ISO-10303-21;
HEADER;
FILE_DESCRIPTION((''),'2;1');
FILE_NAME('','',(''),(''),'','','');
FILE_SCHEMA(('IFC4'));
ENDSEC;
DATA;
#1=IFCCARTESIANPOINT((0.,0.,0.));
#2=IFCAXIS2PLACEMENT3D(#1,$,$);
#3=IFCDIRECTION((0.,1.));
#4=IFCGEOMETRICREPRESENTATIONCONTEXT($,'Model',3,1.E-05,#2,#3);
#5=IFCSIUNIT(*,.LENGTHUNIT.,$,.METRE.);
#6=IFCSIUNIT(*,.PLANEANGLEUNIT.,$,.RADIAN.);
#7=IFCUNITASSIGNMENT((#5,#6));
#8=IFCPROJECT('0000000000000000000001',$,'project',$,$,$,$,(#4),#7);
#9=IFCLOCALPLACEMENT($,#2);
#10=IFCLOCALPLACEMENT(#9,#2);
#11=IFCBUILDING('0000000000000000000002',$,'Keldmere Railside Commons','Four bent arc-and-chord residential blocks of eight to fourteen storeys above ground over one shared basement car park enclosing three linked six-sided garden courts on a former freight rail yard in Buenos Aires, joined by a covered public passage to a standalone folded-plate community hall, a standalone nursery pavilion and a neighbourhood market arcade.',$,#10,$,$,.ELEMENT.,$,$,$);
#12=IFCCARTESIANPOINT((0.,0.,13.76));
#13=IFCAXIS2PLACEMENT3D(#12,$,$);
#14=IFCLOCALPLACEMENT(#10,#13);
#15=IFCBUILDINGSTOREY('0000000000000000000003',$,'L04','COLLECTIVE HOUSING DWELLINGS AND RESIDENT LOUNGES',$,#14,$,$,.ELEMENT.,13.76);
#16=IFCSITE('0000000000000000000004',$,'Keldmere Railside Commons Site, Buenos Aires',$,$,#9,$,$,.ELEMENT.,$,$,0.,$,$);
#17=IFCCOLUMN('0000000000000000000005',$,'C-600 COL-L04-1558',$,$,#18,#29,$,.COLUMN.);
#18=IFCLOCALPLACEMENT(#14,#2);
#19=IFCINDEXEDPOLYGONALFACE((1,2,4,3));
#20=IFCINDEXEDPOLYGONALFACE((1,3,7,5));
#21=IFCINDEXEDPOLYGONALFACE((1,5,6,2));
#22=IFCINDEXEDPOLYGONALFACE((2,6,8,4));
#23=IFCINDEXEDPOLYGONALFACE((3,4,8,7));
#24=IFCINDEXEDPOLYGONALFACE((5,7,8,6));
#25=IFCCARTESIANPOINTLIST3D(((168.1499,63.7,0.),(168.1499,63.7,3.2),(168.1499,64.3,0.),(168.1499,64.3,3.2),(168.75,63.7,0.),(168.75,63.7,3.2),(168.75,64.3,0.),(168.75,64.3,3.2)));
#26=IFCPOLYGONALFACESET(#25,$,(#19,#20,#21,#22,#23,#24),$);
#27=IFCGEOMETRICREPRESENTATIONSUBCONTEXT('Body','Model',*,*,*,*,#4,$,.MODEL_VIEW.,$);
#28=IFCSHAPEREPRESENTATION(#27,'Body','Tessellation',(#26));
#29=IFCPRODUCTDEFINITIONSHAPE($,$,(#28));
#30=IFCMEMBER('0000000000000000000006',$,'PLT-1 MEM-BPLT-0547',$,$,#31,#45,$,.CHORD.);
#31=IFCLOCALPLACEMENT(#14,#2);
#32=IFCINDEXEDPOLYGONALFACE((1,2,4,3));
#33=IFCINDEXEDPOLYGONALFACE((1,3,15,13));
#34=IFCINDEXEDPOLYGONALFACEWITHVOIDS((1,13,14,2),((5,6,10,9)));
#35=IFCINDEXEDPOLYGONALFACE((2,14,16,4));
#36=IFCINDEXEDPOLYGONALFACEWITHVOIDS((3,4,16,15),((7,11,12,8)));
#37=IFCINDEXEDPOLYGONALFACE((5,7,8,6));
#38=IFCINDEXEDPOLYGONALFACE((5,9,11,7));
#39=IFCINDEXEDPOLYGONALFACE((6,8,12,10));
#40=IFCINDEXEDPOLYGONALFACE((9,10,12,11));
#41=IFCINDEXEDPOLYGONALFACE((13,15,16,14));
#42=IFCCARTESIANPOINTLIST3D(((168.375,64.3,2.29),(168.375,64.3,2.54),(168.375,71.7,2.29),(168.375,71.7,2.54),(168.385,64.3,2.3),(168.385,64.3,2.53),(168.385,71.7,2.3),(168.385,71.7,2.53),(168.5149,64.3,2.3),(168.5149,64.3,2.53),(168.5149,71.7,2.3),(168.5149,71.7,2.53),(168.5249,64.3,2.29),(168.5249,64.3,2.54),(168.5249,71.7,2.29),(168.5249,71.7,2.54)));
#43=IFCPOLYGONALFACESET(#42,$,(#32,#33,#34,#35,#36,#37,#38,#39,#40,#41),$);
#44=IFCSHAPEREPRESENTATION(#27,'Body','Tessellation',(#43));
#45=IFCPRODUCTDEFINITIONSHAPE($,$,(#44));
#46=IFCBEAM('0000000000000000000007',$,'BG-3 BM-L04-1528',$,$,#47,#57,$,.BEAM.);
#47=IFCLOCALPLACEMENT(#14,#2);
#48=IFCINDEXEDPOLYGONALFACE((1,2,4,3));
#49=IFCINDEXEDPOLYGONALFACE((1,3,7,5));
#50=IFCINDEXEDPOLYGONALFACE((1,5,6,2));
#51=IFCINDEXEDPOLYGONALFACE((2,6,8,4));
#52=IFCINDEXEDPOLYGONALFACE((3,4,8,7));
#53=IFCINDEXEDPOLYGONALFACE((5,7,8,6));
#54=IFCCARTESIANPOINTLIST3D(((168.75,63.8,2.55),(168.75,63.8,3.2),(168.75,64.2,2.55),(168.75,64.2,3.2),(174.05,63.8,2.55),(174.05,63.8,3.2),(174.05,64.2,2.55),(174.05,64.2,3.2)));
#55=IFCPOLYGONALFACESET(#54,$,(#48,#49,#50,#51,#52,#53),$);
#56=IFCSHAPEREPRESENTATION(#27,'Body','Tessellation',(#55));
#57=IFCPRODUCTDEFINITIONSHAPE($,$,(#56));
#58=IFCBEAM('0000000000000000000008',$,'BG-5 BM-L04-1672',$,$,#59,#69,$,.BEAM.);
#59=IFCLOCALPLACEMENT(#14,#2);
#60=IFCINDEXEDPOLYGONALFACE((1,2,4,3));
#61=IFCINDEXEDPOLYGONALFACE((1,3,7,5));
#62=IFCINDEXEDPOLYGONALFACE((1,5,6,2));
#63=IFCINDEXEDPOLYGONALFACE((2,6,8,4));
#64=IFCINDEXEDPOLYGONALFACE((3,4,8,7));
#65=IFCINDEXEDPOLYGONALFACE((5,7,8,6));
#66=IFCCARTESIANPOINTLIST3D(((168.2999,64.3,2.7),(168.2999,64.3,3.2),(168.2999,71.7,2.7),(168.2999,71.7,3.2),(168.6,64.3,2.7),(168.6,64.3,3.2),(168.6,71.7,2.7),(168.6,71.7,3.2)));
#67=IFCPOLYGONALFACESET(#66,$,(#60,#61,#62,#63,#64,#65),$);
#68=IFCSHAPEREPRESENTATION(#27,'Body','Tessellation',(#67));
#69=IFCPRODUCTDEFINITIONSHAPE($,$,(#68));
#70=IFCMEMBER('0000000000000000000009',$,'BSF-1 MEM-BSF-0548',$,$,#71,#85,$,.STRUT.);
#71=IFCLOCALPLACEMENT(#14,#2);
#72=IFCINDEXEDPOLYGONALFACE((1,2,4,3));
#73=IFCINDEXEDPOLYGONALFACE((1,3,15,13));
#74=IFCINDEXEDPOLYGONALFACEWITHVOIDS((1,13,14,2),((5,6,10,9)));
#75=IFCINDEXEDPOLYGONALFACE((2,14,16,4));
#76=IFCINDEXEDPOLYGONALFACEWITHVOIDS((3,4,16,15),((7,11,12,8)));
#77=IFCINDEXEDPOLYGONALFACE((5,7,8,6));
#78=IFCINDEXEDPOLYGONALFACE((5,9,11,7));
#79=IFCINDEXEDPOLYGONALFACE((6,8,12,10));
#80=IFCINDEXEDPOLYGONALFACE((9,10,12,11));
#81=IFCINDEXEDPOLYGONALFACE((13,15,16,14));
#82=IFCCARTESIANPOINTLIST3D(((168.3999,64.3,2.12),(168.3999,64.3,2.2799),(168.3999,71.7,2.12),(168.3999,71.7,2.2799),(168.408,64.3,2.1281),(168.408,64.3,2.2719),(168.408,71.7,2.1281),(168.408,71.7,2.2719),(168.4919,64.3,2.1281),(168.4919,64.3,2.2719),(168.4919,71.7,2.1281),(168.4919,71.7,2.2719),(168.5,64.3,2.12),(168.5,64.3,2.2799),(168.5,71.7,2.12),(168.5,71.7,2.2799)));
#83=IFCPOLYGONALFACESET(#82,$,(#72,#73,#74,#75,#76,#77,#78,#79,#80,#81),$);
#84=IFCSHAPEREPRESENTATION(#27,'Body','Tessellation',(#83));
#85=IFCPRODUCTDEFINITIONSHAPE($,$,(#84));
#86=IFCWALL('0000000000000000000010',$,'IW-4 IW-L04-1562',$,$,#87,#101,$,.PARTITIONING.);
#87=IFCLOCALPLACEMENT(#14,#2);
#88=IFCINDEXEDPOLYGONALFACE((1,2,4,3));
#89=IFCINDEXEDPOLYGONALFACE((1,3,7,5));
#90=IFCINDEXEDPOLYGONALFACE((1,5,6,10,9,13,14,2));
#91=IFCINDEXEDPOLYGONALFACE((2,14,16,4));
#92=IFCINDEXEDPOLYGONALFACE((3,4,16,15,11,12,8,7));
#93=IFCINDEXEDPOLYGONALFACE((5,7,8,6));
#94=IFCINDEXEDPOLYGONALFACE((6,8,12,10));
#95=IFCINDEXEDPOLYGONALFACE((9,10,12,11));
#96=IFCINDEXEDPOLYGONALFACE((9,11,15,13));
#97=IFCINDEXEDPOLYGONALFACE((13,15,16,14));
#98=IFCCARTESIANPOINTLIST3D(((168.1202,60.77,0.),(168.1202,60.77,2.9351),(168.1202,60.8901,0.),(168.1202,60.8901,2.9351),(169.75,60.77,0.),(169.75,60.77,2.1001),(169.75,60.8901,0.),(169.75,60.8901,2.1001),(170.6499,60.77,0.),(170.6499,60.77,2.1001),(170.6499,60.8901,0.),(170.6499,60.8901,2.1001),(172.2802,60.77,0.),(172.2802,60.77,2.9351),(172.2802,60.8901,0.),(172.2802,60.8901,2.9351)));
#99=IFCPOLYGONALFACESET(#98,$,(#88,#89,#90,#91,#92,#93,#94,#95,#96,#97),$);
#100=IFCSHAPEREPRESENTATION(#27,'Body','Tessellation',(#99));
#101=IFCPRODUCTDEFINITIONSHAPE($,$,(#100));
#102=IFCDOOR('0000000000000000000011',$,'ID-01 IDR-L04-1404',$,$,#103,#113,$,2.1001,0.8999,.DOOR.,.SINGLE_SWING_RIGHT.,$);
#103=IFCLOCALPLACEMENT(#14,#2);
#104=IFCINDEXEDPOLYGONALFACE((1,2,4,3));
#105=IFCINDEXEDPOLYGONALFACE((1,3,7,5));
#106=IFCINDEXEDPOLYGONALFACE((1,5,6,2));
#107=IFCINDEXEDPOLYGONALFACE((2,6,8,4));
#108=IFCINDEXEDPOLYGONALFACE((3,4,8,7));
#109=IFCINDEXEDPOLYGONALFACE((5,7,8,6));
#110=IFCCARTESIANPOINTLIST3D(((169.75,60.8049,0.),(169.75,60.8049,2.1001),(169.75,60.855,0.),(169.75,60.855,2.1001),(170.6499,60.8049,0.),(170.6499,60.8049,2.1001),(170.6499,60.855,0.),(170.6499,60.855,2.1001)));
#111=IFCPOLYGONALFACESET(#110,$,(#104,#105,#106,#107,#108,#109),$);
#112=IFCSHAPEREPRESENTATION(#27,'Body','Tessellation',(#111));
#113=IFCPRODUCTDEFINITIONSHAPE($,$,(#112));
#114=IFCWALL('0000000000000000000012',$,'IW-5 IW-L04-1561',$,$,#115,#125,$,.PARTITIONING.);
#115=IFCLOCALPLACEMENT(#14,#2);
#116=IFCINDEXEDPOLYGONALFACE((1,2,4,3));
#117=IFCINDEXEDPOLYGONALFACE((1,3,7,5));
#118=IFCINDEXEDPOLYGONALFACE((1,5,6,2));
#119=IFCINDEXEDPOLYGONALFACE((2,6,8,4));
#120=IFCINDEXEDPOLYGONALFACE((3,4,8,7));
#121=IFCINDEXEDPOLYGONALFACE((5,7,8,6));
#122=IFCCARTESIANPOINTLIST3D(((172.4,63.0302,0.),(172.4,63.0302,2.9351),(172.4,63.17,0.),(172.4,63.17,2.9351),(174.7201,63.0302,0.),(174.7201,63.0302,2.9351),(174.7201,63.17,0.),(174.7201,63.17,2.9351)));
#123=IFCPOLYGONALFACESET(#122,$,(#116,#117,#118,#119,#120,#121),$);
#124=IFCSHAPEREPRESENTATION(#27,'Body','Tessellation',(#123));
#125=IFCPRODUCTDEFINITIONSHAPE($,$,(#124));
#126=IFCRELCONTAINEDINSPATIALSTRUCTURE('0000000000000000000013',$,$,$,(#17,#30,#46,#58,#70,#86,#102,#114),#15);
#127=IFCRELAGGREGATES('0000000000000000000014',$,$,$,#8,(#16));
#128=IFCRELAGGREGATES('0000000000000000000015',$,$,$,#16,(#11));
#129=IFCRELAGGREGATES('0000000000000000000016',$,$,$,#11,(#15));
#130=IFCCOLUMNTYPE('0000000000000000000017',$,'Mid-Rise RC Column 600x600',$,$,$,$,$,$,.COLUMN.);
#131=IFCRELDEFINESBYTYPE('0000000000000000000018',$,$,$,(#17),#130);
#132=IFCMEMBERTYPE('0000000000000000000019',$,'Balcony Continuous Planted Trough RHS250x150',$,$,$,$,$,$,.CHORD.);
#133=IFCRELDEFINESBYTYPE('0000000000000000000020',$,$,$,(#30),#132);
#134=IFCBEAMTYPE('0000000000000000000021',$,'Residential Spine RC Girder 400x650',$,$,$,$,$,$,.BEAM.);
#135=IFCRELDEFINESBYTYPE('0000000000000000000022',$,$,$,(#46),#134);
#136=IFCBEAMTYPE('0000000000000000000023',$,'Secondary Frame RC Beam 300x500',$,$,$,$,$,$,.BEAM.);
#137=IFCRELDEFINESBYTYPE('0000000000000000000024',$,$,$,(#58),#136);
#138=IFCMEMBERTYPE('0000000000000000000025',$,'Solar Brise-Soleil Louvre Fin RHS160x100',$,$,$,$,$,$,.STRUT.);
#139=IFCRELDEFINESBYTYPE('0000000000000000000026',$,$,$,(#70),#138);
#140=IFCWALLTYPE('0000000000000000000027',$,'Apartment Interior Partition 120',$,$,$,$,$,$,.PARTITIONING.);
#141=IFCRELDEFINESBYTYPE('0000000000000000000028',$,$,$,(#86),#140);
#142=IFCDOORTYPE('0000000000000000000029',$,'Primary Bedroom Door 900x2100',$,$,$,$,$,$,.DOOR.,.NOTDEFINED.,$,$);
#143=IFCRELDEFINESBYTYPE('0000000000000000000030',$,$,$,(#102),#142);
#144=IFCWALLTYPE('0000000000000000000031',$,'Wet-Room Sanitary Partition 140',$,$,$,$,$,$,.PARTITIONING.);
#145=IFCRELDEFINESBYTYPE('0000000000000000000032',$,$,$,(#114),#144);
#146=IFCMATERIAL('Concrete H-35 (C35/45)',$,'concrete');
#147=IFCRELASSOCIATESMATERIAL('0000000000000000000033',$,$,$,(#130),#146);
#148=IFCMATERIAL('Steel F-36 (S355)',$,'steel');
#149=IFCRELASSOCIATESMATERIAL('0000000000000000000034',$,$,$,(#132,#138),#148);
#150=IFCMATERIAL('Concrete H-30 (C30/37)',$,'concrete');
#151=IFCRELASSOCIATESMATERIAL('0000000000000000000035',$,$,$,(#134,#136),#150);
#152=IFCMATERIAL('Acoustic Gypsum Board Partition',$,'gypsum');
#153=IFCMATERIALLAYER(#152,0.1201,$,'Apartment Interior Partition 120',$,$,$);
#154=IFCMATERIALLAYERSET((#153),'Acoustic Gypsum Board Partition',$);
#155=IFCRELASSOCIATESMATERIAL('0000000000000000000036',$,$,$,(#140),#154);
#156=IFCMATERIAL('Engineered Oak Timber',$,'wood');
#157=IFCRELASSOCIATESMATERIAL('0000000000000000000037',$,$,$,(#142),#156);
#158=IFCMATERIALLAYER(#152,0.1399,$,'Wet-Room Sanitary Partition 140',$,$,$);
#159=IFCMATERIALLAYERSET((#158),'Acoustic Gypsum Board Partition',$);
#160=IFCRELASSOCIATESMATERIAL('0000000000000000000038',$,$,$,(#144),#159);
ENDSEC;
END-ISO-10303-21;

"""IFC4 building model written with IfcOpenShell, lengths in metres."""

from ifc_helpers import new_model, si_unit, direction, frame, frame_2d, origin, origin_2d, place, context, subcontext, project, spatial, rectangle, hollow_rectangle, extrude, material, layer, layer_set, material_profile, profile_set, type_object, element, fill, save


model = new_model("IFC4")

# Units and contexts
model_context = context("Model", 3, precision=1e-05, world=origin(), true_north=direction((0.0, 1.0)))
body_context = subcontext(model_context, "Body", "Model", "MODEL_VIEW")
ifc_project = project(units=[si_unit("LENGTHUNIT", "METRE"), si_unit("PLANEANGLEUNIT", "RADIAN")], contexts=[model_context])

# Site, building, storey
site_placement = place(None, origin())
site = spatial("IfcSite", under=ifc_project, at=site_placement, Name="Keldmere Railside Commons Site, Buenos Aires", CompositionType="ELEMENT", RefElevation=0.0)
building_placement = place(site_placement, origin())
building = spatial("IfcBuilding", under=site, at=building_placement, Name="Keldmere Railside Commons", Description="Four bent arc-and-chord residential blocks of eight to fourteen storeys above ground over one shared basement car park enclosing three linked six-sided garden courts on a former freight rail yard in Buenos Aires, joined by a covered public passage to a standalone folded-plate community hall, a standalone nursery pavilion and a neighbourhood market arcade.", CompositionType="ELEMENT")
storey_placement = place(building_placement, frame((0.0, 0.0, 13.76)))
storey = spatial("IfcBuildingStorey", under=building, at=storey_placement, Name="L04", Description="COLLECTIVE HOUSING DWELLINGS AND RESIDENT LOUNGES", CompositionType="ELEMENT", Elevation=13.76)

# Column
ifc_material_1 = material(Name="Concrete H-35 (C35/45)", Category="concrete")
ifc_material_profile_1 = material_profile(ifc_material_1, rectangle(XDim=0.6001, YDim=0.6001, at=origin_2d()), Name="RC-600x600")
ifc_profile_set_1 = profile_set([ifc_material_profile_1], Name="Concrete H-35 (C35/45)")
column_type = type_object("IfcColumnType", Name="Mid-Rise RC Column 600x600", PredefinedType="COLUMN", material=ifc_profile_set_1)
column_placement = place(storey_placement, frame((168.45, 64.0, 0.0), z_axis=(0.0, 0.0, 1.0), x_axis=(1.0, 0.0, 0.0)))
element("IfcColumn", 1, at=column_placement, inside=storey, type_object=column_type, Name="C-600 COL-L04-1558", PredefinedType="COLUMN", context=body_context, shape_type="SweptSolid", body=[
    extrude(rectangle(XDim=0.6001, YDim=0.6001, at=origin_2d()), origin(), (0.0, 0.0, 1.0), 3.2),
])

# Member
ifc_material_2 = material(Name="Steel F-36 (S355)", Category="steel")
ifc_material_profile_2 = material_profile(ifc_material_2, hollow_rectangle(XDim=0.1499, YDim=0.25, WallThickness=0.01, at=origin_2d()), Name="RHS-250x150x10")
ifc_profile_set_2 = profile_set([ifc_material_profile_2], Name="Steel F-36 (S355)")
member_type_1 = type_object("IfcMemberType", Name="Balcony Continuous Planted Trough RHS250x150", PredefinedType="CHORD", material=ifc_profile_set_2)
member_1_placement = place(storey_placement, frame((168.45, 64.3, 2.415), z_axis=(0.0, 1.0, 0.0), x_axis=(-1.0, 0.0, 0.0)))
element("IfcMember", 2, at=member_1_placement, inside=storey, type_object=member_type_1, Name="PLT-1 MEM-BPLT-0547", PredefinedType="CHORD", context=body_context, shape_type="SweptSolid", body=[
    extrude(hollow_rectangle(XDim=0.1499, YDim=0.25, WallThickness=0.01, at=origin_2d()), origin(), (0.0, 0.0, 1.0), 7.3999),
])

# Beams
ifc_material_3 = material(Name="Concrete H-30 (C30/37)", Category="concrete")
ifc_material_profile_3 = material_profile(ifc_material_3, rectangle(XDim=0.3999, YDim=0.6499, at=origin_2d()), Name="RC-400x650")
ifc_profile_set_3 = profile_set([ifc_material_profile_3], Name="Concrete H-30 (C30/37)")
beam_type_1 = type_object("IfcBeamType", Name="Residential Spine RC Girder 400x650", PredefinedType="BEAM", material=ifc_profile_set_3)
beam_1_placement = place(storey_placement, frame((168.75, 64.0, 2.875), z_axis=(1.0, 0.0, 0.0), x_axis=(0.0, 1.0, 0.0)))
element("IfcBeam", 3, at=beam_1_placement, inside=storey, type_object=beam_type_1, Name="BG-3 BM-L04-1528", PredefinedType="BEAM", context=body_context, shape_type="SweptSolid", body=[
    extrude(rectangle(XDim=0.3999, YDim=0.6499, at=origin_2d()), origin(), (0.0, 0.0, 1.0), 5.3),
])
ifc_material_profile_4 = material_profile(ifc_material_3, rectangle(XDim=0.3, YDim=0.5, at=origin_2d()), Name="RC-300x500")
ifc_profile_set_4 = profile_set([ifc_material_profile_4], Name="Concrete H-30 (C30/37)")
beam_type_2 = type_object("IfcBeamType", Name="Secondary Frame RC Beam 300x500", PredefinedType="BEAM", material=ifc_profile_set_4)
beam_2_placement = place(storey_placement, frame((168.45, 64.3, 2.95), z_axis=(0.0, 1.0, 0.0), x_axis=(-1.0, 0.0, 0.0)))
element("IfcBeam", 4, at=beam_2_placement, inside=storey, type_object=beam_type_2, Name="BG-5 BM-L04-1672", PredefinedType="BEAM", context=body_context, shape_type="SweptSolid", body=[
    extrude(rectangle(XDim=0.3, YDim=0.5, at=origin_2d()), origin(), (0.0, 0.0, 1.0), 7.3999),
])

# Member
ifc_material_profile_5 = material_profile(ifc_material_2, hollow_rectangle(XDim=0.1001, YDim=0.1599, WallThickness=0.0081, at=origin_2d()), Name="RHS-160x100x8")
ifc_profile_set_5 = profile_set([ifc_material_profile_5], Name="Steel F-36 (S355)")
member_type_2 = type_object("IfcMemberType", Name="Solar Brise-Soleil Louvre Fin RHS160x100", PredefinedType="STRUT", material=ifc_profile_set_5)
member_2_placement = place(storey_placement, frame((168.45, 64.3, 2.2), z_axis=(0.0, 1.0, 0.0), x_axis=(-1.0, 0.0, 0.0)))
element("IfcMember", 5, at=member_2_placement, inside=storey, type_object=member_type_2, Name="BSF-1 MEM-BSF-0548", PredefinedType="STRUT", context=body_context, shape_type="SweptSolid", body=[
    extrude(hollow_rectangle(XDim=0.1001, YDim=0.1599, WallThickness=0.0081, at=origin_2d()), origin(), (0.0, 0.0, 1.0), 7.3999),
])

# Wall, opening, door
ifc_material_4 = material(Name="Acoustic Gypsum Board Partition", Category="gypsum")
ifc_layer_1 = layer(ifc_material_4, 0.1201, Name="Apartment Interior Partition 120")
ifc_layer_set_1 = layer_set([ifc_layer_1], Name="Acoustic Gypsum Board Partition")
wall_type_1 = type_object("IfcWallType", Name="Apartment Interior Partition 120", PredefinedType="PARTITIONING", material=ifc_layer_set_1)
wall_1_placement = place(storey_placement, frame((168.1201, 60.8301, 0.0), z_axis=(0.0, 0.0, 1.0), x_axis=(1.0, 0.0, 0.0)))
wall_1 = element("IfcWall", 6, at=wall_1_placement, inside=storey, type_object=wall_type_1, Name="IW-4 IW-L04-1562", PredefinedType="PARTITIONING", context=body_context, shape_type="SweptSolid", body=[
    extrude(rectangle(XDim=4.1599, YDim=0.1201, at=frame_2d((2.0801, 0.0))), origin(), (0.0, 0.0, 1.0), 2.9351),
])
opening_placement = place(wall_1_placement, frame((1.6299, 0.0, 0.0)))
opening = element("IfcOpeningElement", 7, at=opening_placement, cuts=wall_1, PredefinedType="OPENING", context=body_context, shape_type="SweptSolid", body=[
    extrude(rectangle(XDim=0.8999, YDim=2.1001, at=frame_2d((0.45, 1.05))), frame((0.0, 0.0701, 0.0), z_axis=(0.0, -1.0, 0.0), x_axis=(1.0, 0.0, 0.0)), (0.0, 0.0, 1.0), 0.1401),
])
ifc_material_5 = material(Name="Engineered Oak Timber", Category="wood")
door_type = type_object("IfcDoorType", Name="Primary Bedroom Door 900x2100", OperationType="NOTDEFINED", PredefinedType="DOOR", material=ifc_material_5)
door_placement = place(opening_placement, origin())
door = element("IfcDoor", 8, at=door_placement, inside=storey, type_object=door_type, Name="ID-01 IDR-L04-1404", OperationType="SINGLE_SWING_RIGHT", OverallHeight=2.1001, OverallWidth=0.8999, PredefinedType="DOOR", context=body_context, shape_type="SweptSolid", body=[
    extrude(rectangle(XDim=0.8999, YDim=2.1001, at=frame_2d((0.45, 1.05))), frame((0.0, 0.0249, 0.0), z_axis=(0.0, -1.0, 0.0), x_axis=(1.0, 0.0, 0.0)), (0.0, 0.0, 1.0), 0.05),
])
fill(opening, door)

# Wall
ifc_layer_2 = layer(ifc_material_4, 0.1399, Name="Wet-Room Sanitary Partition 140")
ifc_layer_set_2 = layer_set([ifc_layer_2], Name="Acoustic Gypsum Board Partition")
wall_type_2 = type_object("IfcWallType", Name="Wet-Room Sanitary Partition 140", PredefinedType="PARTITIONING", material=ifc_layer_set_2)
wall_2_placement = place(storey_placement, frame((172.3999, 63.1001, 0.0), z_axis=(0.0, 0.0, 1.0), x_axis=(1.0, 0.0, 0.0)))
element("IfcWall", 9, at=wall_2_placement, inside=storey, type_object=wall_type_2, Name="IW-5 IW-L04-1561", PredefinedType="PARTITIONING", context=body_context, shape_type="SweptSolid", body=[
    extrude(rectangle(XDim=2.3201, YDim=0.1399, at=frame_2d((1.1602, 0.0))), origin(), (0.0, 0.0, 1.0), 2.9351),
])

save(model, "model.ifc")
